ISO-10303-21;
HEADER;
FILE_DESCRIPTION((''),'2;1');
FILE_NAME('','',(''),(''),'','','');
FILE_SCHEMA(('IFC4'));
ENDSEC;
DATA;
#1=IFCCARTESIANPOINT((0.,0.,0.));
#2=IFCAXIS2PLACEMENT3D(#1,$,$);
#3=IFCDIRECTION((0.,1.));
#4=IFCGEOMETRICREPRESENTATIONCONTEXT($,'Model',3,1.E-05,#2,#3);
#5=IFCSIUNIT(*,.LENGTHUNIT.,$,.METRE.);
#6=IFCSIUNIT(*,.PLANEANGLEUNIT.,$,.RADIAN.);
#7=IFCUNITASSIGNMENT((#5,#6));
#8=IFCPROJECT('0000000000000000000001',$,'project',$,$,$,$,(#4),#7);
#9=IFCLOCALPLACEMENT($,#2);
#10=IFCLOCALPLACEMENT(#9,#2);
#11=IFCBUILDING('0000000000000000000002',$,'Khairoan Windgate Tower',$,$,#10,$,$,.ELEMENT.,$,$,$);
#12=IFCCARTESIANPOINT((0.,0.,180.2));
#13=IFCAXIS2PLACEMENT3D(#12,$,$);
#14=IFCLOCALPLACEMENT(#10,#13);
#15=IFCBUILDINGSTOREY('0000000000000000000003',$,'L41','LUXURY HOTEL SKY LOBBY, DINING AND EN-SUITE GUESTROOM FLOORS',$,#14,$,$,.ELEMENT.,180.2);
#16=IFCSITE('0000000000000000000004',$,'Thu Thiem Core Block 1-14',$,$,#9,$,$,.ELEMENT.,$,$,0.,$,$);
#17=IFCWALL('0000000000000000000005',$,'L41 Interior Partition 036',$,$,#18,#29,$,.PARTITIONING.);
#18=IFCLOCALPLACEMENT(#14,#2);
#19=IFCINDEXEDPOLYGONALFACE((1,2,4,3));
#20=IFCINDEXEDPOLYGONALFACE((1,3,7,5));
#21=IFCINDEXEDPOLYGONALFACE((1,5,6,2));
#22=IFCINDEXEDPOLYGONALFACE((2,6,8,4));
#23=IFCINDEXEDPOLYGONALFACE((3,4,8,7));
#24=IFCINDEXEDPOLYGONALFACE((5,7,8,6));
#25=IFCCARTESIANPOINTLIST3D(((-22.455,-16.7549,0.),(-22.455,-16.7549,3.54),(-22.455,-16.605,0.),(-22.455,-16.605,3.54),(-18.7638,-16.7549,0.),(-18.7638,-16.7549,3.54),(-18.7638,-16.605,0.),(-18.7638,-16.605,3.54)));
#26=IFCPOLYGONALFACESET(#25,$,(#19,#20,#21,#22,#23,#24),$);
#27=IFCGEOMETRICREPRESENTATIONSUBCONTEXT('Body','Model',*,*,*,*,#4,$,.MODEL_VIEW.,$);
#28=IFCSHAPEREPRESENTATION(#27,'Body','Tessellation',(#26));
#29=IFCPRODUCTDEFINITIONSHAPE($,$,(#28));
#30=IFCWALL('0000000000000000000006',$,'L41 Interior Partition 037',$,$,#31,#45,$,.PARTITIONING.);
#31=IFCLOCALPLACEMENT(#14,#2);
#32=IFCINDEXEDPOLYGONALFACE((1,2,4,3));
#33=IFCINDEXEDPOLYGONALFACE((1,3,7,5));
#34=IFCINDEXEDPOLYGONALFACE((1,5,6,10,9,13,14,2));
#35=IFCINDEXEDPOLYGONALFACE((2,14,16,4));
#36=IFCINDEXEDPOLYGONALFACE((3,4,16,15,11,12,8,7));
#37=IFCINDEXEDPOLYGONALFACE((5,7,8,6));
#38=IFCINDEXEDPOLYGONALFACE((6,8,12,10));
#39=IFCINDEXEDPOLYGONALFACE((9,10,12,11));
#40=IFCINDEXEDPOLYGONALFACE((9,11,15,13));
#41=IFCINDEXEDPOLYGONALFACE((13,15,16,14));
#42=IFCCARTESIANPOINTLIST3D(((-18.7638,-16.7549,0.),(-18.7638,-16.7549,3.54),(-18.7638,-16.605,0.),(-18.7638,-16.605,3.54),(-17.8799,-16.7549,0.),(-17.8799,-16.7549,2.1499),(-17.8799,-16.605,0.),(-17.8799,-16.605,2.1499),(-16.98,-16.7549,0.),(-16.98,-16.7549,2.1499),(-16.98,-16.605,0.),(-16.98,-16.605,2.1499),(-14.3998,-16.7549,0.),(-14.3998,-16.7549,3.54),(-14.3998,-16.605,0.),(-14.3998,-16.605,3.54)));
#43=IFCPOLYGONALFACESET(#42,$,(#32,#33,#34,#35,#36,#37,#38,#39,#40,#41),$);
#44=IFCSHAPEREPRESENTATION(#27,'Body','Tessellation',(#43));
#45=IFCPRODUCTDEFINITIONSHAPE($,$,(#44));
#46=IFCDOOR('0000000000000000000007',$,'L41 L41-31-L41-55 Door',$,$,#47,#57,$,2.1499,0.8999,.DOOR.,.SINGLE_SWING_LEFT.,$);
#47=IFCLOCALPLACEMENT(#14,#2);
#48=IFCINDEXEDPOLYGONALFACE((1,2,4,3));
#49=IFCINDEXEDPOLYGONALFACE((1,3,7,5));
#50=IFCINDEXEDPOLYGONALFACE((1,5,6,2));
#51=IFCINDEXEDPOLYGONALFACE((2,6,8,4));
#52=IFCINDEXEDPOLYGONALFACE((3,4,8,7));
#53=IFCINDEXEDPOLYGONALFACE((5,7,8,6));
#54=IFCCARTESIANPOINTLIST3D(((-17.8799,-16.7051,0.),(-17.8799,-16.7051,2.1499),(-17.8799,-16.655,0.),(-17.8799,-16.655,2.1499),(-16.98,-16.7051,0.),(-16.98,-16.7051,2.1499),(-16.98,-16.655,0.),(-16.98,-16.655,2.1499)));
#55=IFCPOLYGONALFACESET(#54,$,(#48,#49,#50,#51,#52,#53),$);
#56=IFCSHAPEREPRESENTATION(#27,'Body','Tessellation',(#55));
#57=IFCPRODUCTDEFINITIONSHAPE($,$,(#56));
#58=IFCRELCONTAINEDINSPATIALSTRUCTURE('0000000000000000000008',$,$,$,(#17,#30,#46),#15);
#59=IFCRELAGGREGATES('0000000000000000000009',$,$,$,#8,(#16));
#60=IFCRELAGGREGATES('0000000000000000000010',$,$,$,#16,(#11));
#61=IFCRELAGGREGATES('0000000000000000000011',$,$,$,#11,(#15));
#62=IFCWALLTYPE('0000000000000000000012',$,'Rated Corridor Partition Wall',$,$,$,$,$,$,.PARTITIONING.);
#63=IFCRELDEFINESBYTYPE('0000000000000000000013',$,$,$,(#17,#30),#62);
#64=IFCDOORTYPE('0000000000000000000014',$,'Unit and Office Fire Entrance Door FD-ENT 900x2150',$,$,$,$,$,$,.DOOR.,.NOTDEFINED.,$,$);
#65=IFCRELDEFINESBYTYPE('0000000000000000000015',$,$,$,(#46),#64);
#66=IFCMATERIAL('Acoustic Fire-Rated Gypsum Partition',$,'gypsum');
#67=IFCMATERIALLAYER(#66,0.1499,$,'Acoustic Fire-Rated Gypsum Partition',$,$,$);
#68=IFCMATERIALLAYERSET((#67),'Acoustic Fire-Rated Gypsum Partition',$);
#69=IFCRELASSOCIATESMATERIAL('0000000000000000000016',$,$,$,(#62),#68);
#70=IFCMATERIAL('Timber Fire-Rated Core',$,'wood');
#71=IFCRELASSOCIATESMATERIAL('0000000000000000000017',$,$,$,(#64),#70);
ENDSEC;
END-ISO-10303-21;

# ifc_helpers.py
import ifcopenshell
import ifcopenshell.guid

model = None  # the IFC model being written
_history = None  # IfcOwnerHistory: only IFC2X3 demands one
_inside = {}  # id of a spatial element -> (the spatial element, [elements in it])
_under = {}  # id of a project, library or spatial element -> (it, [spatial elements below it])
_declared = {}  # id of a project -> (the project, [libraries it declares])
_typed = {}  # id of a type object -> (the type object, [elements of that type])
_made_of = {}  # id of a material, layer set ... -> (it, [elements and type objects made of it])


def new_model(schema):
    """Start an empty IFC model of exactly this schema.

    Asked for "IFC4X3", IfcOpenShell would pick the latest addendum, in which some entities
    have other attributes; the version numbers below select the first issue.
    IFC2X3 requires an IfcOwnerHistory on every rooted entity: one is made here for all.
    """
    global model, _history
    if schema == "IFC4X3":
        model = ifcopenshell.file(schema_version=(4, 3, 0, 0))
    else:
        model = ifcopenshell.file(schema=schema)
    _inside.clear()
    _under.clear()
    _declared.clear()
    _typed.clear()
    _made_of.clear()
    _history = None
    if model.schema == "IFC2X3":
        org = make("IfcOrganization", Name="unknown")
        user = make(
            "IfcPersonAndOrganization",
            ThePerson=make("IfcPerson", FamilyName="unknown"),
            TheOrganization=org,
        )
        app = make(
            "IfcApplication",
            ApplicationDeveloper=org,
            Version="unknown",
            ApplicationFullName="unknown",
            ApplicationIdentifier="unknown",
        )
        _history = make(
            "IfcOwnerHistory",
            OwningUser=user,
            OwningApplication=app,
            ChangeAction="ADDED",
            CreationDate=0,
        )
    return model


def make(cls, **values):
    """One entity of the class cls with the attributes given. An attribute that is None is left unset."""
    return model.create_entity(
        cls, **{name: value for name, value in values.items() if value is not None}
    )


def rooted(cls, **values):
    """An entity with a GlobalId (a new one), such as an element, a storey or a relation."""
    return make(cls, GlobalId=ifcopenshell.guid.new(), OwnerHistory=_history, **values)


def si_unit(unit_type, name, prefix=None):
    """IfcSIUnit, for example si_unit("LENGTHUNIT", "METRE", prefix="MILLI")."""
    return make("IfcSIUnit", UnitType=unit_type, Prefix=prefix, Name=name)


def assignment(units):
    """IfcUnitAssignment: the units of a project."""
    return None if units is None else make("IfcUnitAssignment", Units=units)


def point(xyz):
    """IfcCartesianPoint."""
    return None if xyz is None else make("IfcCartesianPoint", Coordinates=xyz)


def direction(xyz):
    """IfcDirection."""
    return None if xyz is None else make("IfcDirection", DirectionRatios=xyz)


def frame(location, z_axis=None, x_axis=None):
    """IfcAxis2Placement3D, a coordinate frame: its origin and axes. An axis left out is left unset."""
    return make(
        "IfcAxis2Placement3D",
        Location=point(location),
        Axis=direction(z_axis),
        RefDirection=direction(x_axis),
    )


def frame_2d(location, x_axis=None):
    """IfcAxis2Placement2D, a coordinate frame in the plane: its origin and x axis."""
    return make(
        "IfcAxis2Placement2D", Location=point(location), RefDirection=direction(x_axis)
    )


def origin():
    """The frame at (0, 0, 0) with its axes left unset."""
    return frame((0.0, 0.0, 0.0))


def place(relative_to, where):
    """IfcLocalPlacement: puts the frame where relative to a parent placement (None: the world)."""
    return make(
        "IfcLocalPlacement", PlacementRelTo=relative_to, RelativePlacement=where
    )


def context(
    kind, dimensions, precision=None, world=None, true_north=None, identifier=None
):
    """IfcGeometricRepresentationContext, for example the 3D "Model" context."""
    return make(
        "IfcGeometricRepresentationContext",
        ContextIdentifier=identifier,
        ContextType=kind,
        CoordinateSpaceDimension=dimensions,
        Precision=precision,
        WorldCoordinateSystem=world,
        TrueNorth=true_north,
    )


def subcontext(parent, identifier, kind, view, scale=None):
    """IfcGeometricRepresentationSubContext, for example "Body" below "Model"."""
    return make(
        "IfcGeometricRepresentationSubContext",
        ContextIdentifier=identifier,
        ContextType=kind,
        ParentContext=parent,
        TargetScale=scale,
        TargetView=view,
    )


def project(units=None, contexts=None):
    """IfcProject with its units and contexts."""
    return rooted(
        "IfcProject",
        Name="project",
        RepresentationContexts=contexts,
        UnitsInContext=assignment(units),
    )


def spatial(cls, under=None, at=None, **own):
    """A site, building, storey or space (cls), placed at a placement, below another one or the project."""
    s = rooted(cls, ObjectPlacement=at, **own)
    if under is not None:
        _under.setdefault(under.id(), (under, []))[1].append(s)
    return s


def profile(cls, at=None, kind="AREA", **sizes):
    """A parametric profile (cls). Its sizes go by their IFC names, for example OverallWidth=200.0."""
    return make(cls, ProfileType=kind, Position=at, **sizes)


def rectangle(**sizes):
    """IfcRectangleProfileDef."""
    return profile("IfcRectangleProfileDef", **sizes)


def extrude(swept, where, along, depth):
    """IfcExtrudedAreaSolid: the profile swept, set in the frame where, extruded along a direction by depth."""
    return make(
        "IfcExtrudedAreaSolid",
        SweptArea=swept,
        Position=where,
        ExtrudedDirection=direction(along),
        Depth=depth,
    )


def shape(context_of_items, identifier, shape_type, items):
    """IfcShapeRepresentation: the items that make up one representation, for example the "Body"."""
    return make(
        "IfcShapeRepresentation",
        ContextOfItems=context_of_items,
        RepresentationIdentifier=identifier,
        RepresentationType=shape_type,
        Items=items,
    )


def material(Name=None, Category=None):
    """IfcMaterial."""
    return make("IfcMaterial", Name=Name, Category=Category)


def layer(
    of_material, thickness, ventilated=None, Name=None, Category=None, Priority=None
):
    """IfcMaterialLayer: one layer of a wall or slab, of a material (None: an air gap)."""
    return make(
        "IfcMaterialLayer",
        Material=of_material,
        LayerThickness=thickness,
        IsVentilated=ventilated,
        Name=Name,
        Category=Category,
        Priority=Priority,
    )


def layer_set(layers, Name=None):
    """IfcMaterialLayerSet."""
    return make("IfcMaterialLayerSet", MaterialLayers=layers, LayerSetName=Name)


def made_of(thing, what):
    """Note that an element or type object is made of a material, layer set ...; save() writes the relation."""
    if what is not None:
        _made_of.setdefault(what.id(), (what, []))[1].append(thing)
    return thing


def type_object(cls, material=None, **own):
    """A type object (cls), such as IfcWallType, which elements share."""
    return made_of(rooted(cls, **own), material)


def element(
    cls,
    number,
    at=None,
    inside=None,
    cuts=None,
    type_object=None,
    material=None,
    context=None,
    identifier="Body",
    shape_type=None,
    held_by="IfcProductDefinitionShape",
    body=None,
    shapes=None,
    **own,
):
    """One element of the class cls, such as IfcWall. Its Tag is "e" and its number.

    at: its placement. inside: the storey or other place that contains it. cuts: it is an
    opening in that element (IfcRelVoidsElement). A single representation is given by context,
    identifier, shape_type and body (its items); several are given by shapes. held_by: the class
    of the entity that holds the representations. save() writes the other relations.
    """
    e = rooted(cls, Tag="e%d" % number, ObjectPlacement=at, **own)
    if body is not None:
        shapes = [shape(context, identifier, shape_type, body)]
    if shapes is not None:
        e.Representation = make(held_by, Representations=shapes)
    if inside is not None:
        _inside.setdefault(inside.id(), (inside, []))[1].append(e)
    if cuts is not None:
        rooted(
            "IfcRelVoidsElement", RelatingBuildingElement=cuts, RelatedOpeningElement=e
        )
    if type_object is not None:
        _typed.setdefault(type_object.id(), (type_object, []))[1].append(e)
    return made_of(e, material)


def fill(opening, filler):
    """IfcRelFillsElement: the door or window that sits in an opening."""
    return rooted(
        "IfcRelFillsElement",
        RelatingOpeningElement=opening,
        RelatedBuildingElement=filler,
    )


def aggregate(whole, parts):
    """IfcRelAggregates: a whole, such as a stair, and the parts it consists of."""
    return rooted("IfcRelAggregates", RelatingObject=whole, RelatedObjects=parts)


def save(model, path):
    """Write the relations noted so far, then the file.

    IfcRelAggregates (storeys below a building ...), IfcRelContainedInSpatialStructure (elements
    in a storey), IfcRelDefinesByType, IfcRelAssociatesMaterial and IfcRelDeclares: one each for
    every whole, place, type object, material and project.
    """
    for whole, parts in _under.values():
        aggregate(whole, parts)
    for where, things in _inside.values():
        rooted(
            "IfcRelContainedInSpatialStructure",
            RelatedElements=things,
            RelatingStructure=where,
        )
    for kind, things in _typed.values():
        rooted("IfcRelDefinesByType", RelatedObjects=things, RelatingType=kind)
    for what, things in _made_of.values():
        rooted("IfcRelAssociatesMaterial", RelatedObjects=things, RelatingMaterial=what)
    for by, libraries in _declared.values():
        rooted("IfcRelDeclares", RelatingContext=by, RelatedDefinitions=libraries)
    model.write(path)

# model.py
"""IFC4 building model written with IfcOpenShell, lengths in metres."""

from ifc_helpers import new_model, si_unit, direction, frame, frame_2d, origin, place, context, subcontext, project, spatial, rectangle, extrude, material, layer, layer_set, type_object, element, fill, save


model = new_model("IFC4")

# Units and contexts
model_context = context("Model", 3, precision=1e-05, world=origin(), true_north=direction((0.0, 1.0)))
body_context = subcontext(model_context, "Body", "Model", "MODEL_VIEW")
ifc_project = project(units=[si_unit("LENGTHUNIT", "METRE"), si_unit("PLANEANGLEUNIT", "RADIAN")], contexts=[model_context])

# Site, building, storey
site_placement = place(None, origin())
site = spatial("IfcSite", under=ifc_project, at=site_placement, Name="Thu Thiem Core Block 1-14", CompositionType="ELEMENT", RefElevation=0.0)
building_placement = place(site_placement, origin())
building = spatial("IfcBuilding", under=site, at=building_placement, Name="Khairoan Windgate Tower", CompositionType="ELEMENT")
storey_placement = place(building_placement, frame((0.0, 0.0, 180.2)))
storey = spatial("IfcBuildingStorey", under=building, at=storey_placement, Name="L41", Description="LUXURY HOTEL SKY LOBBY, DINING AND EN-SUITE GUESTROOM FLOORS", CompositionType="ELEMENT", Elevation=180.2)

# Wall
ifc_material_1 = material(Name="Acoustic Fire-Rated Gypsum Partition", Category="gypsum")
ifc_layer_1 = layer(ifc_material_1, 0.1499, Name="Acoustic Fire-Rated Gypsum Partition")
ifc_layer_set_1 = layer_set([ifc_layer_1], Name="Acoustic Fire-Rated Gypsum Partition")
wall_type_1 = type_object("IfcWallType", Name="Rated Corridor Partition Wall", PredefinedType="PARTITIONING", material=ifc_layer_set_1)
wall_1_placement = place(storey_placement, frame((-22.4551, -16.6799, 0.0), z_axis=(0.0, 0.0, 1.0), x_axis=(1.0, 0.0, 0.0)))
element("IfcWall", 1, at=wall_1_placement, inside=storey, type_object=wall_type_1, Name="L41 Interior Partition 036", PredefinedType="PARTITIONING", context=body_context, shape_type="SweptSolid", body=[
    extrude(rectangle(XDim=3.6912, YDim=0.1499, at=frame_2d((1.8457, 0.0))), origin(), (0.0, 0.0, 1.0), 3.54),
])

# Wall, opening, door
wall_2_placement = place(storey_placement, frame((-18.7639, -16.6799, 0.0), z_axis=(0.0, 0.0, 1.0), x_axis=(1.0, 0.0, 0.0)))
wall_2 = element("IfcWall", 2, at=wall_2_placement, inside=storey, type_object=wall_type_1, Name="L41 Interior Partition 037", PredefinedType="PARTITIONING", context=body_context, shape_type="SweptSolid", body=[
    extrude(rectangle(XDim=4.364, YDim=0.1499, at=frame_2d((2.1821, 0.0))), origin(), (0.0, 0.0, 1.0), 3.54),
])
opening_1_placement = place(wall_2_placement, frame((0.884, 0.0, 0.0)))
opening_1 = element("IfcOpeningElement", 3, at=opening_1_placement, cuts=wall_2, PredefinedType="OPENING", context=body_context, shape_type="SweptSolid", body=[
    extrude(rectangle(XDim=0.8999, YDim=2.1499, at=frame_2d((0.45, 1.075))), frame((0.0, 0.085, 0.0), z_axis=(0.0, -1.0, 0.0), x_axis=(1.0, 0.0, 0.0)), (0.0, 0.0, 1.0), 0.1699),
])
ifc_material_2 = material(Name="Timber Fire-Rated Core", Category="wood")
door_type_1 = type_object("IfcDoorType", Name="Unit and Office Fire Entrance Door FD-ENT 900x2150", OperationType="NOTDEFINED", PredefinedType="DOOR", material=ifc_material_2)
door_1_placement = place(opening_1_placement, origin())
door_1 = element("IfcDoor", 4, at=door_1_placement, inside=storey, type_object=door_type_1, Name="L41 L41-31-L41-55 Door", OperationType="SINGLE_SWING_LEFT", OverallHeight=2.1499, OverallWidth=0.8999, PredefinedType="DOOR", context=body_context, shape_type="SweptSolid", body=[
    extrude(rectangle(XDim=0.8999, YDim=2.1499, at=frame_2d((0.45, 1.075))), frame((0.0, 0.0249, 0.0), z_axis=(0.0, -1.0, 0.0), x_axis=(1.0, 0.0, 0.0)), (0.0, 0.0, 1.0), 0.05),
])
fill(opening_1, door_1)

save(model, "model.ifc")
